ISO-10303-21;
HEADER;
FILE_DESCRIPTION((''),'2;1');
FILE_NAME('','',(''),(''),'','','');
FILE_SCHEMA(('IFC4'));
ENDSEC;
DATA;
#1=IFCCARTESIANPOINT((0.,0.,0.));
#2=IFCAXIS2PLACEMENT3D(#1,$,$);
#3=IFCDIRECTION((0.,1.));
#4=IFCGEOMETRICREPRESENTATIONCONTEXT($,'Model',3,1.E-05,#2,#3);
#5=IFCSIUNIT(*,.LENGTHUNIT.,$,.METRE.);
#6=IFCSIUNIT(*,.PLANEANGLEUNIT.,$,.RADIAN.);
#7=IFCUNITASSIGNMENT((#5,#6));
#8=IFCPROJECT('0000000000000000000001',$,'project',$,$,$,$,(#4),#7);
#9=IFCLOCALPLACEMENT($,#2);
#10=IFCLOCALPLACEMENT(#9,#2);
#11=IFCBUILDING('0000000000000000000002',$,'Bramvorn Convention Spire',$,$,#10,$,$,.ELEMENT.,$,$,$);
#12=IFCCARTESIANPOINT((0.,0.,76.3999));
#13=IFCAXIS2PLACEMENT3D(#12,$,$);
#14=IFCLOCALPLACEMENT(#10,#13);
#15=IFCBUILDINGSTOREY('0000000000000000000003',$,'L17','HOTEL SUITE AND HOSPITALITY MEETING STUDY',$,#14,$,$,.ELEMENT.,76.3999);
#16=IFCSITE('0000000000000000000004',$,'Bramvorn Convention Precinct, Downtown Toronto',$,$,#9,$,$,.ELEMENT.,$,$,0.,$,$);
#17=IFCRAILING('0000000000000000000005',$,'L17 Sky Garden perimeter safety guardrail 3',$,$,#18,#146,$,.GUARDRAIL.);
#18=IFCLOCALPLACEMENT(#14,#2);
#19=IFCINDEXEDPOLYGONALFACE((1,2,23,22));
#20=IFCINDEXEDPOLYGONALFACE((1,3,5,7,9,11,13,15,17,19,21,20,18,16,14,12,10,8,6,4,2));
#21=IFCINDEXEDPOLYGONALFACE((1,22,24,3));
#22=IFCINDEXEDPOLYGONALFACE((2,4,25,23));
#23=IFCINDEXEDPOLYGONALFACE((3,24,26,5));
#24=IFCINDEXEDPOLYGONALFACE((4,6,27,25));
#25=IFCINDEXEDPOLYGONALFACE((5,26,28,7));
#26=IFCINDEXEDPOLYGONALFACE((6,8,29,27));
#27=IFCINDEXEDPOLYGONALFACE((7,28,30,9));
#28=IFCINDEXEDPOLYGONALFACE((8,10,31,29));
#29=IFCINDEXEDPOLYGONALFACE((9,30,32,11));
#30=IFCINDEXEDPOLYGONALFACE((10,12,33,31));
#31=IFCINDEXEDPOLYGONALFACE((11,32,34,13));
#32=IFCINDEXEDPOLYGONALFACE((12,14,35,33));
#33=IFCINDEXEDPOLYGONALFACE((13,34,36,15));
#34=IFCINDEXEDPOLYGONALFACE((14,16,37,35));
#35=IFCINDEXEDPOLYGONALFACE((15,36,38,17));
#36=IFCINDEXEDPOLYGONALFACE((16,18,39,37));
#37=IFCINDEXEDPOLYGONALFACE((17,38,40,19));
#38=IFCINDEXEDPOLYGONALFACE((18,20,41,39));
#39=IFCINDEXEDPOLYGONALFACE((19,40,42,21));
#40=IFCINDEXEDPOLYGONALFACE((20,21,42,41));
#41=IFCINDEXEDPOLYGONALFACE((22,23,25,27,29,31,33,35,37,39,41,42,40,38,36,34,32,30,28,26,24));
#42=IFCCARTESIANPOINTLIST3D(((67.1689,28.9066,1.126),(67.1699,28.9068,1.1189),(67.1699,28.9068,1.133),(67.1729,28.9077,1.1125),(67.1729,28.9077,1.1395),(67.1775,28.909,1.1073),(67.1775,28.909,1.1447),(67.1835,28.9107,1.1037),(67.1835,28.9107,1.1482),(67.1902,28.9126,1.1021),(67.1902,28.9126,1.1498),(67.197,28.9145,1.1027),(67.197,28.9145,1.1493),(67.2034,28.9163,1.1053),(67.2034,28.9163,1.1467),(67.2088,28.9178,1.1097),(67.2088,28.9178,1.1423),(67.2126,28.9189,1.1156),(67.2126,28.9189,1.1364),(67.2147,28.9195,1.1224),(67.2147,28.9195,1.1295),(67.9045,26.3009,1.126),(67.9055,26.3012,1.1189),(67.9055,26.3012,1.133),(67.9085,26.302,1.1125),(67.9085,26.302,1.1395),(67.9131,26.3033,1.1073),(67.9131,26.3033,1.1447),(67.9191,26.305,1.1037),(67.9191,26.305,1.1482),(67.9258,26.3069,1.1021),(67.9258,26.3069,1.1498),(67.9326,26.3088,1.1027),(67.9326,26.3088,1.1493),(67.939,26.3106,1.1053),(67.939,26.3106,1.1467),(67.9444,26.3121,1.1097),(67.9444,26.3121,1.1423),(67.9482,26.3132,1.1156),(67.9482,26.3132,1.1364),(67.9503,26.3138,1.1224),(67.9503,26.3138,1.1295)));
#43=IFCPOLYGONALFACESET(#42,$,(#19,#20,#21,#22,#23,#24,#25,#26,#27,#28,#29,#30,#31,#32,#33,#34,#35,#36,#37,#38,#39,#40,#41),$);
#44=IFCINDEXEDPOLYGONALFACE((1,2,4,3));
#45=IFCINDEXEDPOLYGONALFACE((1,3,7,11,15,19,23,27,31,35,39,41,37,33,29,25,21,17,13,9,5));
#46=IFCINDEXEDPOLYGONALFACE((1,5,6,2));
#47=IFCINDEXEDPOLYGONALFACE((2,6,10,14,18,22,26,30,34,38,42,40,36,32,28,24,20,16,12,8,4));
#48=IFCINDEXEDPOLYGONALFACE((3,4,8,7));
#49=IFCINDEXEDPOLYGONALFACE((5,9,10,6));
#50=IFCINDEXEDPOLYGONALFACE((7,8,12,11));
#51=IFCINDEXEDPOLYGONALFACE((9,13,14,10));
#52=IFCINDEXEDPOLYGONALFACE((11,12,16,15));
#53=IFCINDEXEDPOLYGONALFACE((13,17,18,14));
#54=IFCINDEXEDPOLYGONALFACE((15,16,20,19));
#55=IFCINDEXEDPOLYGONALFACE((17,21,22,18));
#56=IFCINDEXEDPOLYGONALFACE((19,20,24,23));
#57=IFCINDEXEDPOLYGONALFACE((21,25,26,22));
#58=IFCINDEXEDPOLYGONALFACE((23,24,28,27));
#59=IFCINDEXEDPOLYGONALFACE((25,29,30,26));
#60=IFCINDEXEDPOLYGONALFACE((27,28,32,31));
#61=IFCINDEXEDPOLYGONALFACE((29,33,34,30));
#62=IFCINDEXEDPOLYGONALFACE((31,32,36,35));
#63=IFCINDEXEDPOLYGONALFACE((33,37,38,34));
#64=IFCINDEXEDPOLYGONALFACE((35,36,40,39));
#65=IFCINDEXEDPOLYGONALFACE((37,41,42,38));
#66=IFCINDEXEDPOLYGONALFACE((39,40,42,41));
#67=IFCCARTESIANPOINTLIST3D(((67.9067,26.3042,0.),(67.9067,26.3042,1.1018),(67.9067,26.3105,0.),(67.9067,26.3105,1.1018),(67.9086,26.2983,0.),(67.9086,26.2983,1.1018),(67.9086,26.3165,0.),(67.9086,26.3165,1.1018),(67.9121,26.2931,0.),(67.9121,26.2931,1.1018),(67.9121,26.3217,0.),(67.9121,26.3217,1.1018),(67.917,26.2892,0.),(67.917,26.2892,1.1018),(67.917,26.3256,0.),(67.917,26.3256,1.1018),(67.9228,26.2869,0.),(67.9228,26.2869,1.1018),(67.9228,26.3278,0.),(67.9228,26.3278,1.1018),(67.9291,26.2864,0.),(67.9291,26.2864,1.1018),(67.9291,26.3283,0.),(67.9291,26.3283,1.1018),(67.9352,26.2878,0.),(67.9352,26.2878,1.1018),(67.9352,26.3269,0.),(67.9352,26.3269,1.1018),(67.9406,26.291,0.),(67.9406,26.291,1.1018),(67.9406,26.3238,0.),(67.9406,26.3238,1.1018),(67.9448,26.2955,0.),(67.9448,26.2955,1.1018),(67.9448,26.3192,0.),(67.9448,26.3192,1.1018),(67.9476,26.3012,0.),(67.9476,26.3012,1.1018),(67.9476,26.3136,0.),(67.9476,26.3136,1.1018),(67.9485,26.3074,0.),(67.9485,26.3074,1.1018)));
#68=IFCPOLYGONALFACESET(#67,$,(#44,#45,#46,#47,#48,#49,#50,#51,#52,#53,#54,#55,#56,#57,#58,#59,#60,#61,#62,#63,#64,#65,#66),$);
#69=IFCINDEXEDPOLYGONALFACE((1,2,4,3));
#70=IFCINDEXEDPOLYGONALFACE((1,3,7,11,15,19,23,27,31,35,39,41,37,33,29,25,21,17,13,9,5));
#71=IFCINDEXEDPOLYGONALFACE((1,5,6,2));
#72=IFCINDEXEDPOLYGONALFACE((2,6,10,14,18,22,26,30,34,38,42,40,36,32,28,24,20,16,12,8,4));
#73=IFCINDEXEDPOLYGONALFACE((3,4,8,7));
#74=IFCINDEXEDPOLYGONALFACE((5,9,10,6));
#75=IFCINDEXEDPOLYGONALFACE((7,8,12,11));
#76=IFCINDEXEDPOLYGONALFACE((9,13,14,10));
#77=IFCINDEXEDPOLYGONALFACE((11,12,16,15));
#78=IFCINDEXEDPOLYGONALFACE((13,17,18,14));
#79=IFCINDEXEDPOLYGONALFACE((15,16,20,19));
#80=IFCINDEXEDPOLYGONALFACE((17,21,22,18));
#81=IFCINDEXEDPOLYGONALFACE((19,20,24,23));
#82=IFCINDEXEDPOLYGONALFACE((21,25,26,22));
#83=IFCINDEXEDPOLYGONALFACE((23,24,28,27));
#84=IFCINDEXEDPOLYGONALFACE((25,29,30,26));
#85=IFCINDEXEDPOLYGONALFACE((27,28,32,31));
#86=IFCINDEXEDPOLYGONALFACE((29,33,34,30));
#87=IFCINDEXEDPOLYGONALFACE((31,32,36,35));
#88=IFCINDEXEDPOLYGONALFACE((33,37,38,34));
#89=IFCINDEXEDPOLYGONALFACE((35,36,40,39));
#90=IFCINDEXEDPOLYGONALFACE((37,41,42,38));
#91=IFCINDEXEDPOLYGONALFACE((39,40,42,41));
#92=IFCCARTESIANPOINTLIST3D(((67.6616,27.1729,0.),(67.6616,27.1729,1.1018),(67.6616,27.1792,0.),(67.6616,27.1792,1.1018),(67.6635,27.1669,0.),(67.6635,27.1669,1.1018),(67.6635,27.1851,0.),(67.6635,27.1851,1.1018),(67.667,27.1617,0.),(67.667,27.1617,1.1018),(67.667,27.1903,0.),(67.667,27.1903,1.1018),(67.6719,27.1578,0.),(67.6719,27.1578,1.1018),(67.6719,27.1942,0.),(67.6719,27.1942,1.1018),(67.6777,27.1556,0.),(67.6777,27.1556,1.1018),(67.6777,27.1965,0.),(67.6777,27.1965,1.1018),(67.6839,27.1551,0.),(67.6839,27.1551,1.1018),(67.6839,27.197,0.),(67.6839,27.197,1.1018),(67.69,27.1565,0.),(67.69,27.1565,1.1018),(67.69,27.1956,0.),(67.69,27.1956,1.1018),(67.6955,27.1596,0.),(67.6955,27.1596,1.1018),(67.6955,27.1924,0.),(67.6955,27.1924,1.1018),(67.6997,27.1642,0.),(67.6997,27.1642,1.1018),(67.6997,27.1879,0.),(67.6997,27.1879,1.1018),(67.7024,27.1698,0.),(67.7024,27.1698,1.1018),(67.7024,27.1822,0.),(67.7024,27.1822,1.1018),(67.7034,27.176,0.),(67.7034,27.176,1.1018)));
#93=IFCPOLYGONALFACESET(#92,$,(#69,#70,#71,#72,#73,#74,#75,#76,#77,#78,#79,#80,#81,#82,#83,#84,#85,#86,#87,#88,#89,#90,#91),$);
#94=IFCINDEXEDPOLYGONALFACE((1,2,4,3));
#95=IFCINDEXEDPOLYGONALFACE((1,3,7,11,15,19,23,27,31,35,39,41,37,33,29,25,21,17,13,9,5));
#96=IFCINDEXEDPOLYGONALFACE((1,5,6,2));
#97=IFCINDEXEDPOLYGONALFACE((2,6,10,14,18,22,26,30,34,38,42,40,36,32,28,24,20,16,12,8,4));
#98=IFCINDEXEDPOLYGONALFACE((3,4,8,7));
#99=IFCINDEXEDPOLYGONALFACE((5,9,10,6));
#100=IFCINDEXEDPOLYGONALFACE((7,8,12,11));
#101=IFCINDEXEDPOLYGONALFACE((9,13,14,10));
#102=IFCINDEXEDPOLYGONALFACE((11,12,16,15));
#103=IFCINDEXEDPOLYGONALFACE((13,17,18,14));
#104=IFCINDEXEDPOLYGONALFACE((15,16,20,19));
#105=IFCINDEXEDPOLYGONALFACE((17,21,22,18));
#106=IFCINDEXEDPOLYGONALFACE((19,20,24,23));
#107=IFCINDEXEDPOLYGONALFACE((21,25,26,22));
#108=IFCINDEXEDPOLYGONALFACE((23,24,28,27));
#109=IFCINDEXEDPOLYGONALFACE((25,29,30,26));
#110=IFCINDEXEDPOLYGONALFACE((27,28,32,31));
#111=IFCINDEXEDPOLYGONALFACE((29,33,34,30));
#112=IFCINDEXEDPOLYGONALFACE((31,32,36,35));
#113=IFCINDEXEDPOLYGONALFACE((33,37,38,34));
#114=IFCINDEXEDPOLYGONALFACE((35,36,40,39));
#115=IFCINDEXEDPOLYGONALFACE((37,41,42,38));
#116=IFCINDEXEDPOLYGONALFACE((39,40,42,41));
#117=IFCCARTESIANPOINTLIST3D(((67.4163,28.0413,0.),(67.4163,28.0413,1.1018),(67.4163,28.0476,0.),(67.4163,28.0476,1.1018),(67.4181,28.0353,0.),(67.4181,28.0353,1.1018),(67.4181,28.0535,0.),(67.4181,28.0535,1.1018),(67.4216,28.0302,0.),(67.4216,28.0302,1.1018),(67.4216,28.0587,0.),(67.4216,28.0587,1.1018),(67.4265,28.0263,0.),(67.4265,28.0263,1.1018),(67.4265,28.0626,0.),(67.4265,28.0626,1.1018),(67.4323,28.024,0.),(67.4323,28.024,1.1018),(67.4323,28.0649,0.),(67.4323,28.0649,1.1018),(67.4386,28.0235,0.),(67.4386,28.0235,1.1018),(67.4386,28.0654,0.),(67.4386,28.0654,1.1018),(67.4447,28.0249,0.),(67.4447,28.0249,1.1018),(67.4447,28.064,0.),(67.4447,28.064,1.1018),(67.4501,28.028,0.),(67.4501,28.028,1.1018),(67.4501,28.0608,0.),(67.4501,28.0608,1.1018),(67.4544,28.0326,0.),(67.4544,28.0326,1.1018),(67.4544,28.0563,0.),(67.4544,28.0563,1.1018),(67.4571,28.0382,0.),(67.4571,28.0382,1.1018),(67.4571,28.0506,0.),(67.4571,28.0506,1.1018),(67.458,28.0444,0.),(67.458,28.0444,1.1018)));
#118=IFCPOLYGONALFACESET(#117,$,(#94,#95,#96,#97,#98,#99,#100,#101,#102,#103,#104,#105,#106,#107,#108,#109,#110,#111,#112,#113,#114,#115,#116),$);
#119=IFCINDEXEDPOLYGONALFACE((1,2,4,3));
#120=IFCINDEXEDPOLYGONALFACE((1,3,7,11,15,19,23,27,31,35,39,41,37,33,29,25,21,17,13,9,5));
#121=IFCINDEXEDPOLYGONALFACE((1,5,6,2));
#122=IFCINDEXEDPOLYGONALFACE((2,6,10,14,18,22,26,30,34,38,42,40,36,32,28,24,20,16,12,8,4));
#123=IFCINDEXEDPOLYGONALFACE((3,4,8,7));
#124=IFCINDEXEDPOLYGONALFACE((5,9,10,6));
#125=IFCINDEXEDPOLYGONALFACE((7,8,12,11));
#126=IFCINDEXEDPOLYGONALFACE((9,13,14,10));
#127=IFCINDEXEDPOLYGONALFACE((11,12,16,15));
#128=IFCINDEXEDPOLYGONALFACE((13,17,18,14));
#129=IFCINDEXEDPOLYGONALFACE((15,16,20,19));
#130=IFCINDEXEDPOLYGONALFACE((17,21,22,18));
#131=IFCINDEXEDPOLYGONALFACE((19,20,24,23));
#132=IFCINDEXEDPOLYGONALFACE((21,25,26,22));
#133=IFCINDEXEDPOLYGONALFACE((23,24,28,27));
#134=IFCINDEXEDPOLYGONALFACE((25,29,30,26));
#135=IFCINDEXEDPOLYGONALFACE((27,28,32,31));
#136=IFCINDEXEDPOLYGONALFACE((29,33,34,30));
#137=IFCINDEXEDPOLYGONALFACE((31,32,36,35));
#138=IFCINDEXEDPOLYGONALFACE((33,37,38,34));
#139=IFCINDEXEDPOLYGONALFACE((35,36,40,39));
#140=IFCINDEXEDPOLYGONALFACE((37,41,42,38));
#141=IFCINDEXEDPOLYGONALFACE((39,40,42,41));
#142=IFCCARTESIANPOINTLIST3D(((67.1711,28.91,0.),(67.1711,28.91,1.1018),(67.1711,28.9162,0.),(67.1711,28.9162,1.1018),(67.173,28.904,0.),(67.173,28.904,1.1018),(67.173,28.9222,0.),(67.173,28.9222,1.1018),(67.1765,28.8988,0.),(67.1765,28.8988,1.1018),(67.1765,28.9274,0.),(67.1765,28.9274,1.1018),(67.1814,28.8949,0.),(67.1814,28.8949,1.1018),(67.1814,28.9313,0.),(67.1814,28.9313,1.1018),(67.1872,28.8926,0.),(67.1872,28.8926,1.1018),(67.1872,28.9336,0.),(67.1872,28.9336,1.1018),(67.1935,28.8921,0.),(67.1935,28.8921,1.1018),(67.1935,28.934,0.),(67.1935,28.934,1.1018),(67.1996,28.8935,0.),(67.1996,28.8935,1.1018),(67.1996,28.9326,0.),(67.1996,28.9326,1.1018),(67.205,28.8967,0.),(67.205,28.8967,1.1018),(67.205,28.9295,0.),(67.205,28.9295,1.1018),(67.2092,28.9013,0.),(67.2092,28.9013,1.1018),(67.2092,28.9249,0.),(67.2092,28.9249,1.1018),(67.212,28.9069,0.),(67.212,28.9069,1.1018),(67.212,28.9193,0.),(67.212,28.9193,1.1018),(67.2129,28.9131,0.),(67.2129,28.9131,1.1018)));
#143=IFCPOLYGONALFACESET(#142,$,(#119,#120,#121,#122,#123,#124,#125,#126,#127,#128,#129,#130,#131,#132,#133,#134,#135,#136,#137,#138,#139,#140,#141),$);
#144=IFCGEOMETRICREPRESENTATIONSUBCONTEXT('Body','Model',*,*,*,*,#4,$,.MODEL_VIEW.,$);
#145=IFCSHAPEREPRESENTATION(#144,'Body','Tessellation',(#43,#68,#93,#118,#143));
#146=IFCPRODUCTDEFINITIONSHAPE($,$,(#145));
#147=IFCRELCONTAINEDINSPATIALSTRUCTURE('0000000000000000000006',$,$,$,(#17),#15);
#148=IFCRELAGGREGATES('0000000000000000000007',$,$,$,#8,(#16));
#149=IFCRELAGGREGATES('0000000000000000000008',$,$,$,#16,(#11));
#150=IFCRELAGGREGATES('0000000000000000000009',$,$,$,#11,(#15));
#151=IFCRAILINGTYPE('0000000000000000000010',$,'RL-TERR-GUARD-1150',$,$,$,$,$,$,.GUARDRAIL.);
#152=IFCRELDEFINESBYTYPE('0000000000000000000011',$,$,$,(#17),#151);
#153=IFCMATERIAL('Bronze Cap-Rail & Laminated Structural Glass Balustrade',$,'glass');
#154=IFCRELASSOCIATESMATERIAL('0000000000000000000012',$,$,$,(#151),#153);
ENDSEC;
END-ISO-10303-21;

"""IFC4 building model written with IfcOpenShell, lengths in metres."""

from ifc_helpers import new_model, si_unit, direction, frame, origin, origin_2d, place, context, subcontext, project, spatial, circle, extrude, material, type_object, element, save


model = new_model("IFC4")

# Units and contexts
model_context = context("Model", 3, precision=1e-05, world=origin(), true_north=direction((0.0, 1.0)))
body_context = subcontext(model_context, "Body", "Model", "MODEL_VIEW")
ifc_project = project(units=[si_unit("LENGTHUNIT", "METRE"), si_unit("PLANEANGLEUNIT", "RADIAN")], contexts=[model_context])

# Site, building, storey
site_placement = place(None, origin())
site = spatial("IfcSite", under=ifc_project, at=site_placement, Name="Bramvorn Convention Precinct, Downtown Toronto", CompositionType="ELEMENT", RefElevation=0.0)
building_placement = place(site_placement, origin())
building = spatial("IfcBuilding", under=site, at=building_placement, Name="Bramvorn Convention Spire", CompositionType="ELEMENT")
storey_placement = place(building_placement, frame((0.0, 0.0, 76.3999)))
storey = spatial("IfcBuildingStorey", under=building, at=storey_placement, Name="L17", Description="HOTEL SUITE AND HOSPITALITY MEETING STUDY", CompositionType="ELEMENT", Elevation=76.3999)

# Railing
ifc_material_1 = material(Name="Bronze Cap-Rail & Laminated Structural Glass Balustrade", Category="glass")
railing_type = type_object("IfcRailingType", Name="RL-TERR-GUARD-1150", PredefinedType="GUARDRAIL", material=ifc_material_1)
railing_1_placement = place(storey_placement, frame((67.9275, 26.3074, 0.0)))
element("IfcRailing", 1, at=railing_1_placement, inside=storey, type_object=railing_type, Name="L17 Sky Garden perimeter safety guardrail 3", PredefinedType="GUARDRAIL", context=body_context, shape_type="SweptSolid", body=[
    extrude(circle(Radius=0.0239, at=origin_2d()), frame((0.0, 0.0, 1.126), z_axis=(-0.271683, 0.962387, 0.0), x_axis=(-0.962387, -0.271683, 0.0)), (0.0, 0.0, 1.0), 2.7075),
    extrude(circle(Radius=0.021, at=origin_2d()), origin(), (0.0, 0.0, 1.0), 1.1018),
    extrude(circle(Radius=0.021, at=origin_2d()), frame((-0.2451, 0.8687, 0.0)), (0.0, 0.0, 1.0), 1.1018),
    extrude(circle(Radius=0.021, at=origin_2d()), frame((-0.4905, 1.7371, 0.0)), (0.0, 0.0, 1.0), 1.1018),
    extrude(circle(Radius=0.021, at=origin_2d()), frame((-0.7356, 2.6057, 0.0)), (0.0, 0.0, 1.0), 1.1018),
])

save(model, "model.ifc")
